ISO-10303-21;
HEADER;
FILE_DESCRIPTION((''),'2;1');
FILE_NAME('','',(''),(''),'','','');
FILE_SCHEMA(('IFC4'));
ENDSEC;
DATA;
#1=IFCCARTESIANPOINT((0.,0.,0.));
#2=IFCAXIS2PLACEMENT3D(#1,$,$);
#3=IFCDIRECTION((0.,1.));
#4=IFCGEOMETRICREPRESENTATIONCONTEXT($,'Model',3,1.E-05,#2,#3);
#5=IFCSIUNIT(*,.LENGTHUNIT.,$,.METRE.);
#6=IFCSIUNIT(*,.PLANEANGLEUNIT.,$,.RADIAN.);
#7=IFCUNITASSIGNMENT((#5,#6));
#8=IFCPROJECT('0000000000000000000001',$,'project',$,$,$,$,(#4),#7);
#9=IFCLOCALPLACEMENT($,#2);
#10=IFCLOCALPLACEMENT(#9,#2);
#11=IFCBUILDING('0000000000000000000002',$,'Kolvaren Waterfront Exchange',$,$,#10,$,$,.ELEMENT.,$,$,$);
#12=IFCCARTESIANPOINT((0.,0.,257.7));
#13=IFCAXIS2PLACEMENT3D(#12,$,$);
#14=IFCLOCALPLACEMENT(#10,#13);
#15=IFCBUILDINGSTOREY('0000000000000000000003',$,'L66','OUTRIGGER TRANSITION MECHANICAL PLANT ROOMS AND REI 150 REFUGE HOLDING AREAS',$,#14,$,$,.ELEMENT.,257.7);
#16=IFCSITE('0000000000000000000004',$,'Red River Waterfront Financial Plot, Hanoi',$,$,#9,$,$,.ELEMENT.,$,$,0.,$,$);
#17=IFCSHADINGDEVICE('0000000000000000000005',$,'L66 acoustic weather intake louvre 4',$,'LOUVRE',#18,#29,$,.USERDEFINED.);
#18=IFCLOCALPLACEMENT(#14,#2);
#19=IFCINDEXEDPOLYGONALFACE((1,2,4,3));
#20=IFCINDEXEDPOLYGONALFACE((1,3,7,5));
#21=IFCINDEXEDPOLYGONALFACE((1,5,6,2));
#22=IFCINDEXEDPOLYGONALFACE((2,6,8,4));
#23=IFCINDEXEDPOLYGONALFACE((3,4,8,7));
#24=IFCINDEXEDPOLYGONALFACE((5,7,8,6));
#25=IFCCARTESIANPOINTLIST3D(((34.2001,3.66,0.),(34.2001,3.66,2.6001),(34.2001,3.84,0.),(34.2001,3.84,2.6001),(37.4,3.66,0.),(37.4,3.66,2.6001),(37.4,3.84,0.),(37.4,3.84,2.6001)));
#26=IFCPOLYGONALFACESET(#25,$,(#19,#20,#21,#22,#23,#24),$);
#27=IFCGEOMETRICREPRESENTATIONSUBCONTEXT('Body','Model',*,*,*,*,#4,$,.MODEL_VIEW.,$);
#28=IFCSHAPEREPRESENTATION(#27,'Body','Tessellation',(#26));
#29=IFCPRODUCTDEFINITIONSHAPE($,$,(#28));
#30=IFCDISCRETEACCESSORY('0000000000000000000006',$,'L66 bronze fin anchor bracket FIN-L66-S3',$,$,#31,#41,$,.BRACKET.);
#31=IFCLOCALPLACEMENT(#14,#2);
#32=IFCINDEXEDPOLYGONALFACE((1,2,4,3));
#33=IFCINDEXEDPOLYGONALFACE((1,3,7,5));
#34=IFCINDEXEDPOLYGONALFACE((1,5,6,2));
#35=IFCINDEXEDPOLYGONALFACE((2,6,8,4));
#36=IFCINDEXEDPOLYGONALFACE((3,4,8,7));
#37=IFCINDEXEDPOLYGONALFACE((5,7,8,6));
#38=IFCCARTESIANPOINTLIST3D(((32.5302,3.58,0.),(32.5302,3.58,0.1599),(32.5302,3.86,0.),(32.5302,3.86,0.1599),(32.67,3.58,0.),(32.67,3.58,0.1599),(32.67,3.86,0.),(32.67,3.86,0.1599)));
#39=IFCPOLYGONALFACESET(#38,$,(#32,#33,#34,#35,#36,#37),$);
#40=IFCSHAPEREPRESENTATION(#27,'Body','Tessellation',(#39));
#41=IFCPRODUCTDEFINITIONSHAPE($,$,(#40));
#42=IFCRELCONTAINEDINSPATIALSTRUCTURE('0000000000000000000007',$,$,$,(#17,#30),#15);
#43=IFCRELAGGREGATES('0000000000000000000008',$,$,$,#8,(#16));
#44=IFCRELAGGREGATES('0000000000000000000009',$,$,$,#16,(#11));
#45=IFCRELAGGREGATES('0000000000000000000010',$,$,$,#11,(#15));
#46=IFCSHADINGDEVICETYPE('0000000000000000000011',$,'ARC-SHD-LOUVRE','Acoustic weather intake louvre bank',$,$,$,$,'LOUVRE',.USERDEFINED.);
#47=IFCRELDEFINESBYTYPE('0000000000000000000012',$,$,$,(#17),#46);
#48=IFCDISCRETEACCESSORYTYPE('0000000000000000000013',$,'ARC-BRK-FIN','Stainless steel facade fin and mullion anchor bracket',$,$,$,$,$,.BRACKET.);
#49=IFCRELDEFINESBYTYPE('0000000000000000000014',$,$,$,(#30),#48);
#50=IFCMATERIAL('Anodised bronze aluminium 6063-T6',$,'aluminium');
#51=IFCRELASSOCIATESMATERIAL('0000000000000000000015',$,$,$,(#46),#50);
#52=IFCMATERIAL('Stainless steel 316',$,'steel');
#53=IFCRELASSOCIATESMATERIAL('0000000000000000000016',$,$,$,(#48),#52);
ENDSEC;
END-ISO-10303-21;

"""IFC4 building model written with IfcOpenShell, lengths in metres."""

from ifc_helpers import new_model, si_unit, direction, frame, origin, origin_with_axes, origin_2d, place, context, subcontext, project, spatial, rectangle, extrude, source, transform, mapped, material, type_object, element, save


model = new_model("IFC4")

# Units and contexts
model_context = context("Model", 3, precision=1e-05, world=origin(), true_north=direction((0.0, 1.0)))
body_context = subcontext(model_context, "Body", "Model", "MODEL_VIEW")
ifc_project = project(units=[si_unit("LENGTHUNIT", "METRE"), si_unit("PLANEANGLEUNIT", "RADIAN")], contexts=[model_context])

# Site, building, storey
site_placement = place(None, origin())
site = spatial("IfcSite", under=ifc_project, at=site_placement, Name="Red River Waterfront Financial Plot, Hanoi", CompositionType="ELEMENT", RefElevation=0.0)
building_placement = place(site_placement, origin())
building = spatial("IfcBuilding", under=site, at=building_placement, Name="Kolvaren Waterfront Exchange", CompositionType="ELEMENT")
storey_placement = place(building_placement, frame((0.0, 0.0, 257.7)))
storey = spatial("IfcBuildingStorey", under=building, at=storey_placement, Name="L66", Description="OUTRIGGER TRANSITION MECHANICAL PLANT ROOMS AND REI 150 REFUGE HOLDING AREAS", CompositionType="ELEMENT", Elevation=257.7)

# Shared definitions
ifc_material_1 = material(Name="Anodised bronze aluminium 6063-T6", Category="aluminium")

# Shading device
shading_device_type_1 = type_object("IfcShadingDeviceType", Name="ARC-SHD-LOUVRE", Description="Acoustic weather intake louvre bank", ElementType="LOUVRE", PredefinedType="USERDEFINED", material=ifc_material_1)
shared_shape_1 = source(origin_with_axes(), body_context, "Body", "SweptSolid", [
    extrude(rectangle(XDim=3.2, YDim=0.1799, at=origin_2d()), origin(), (0.0, 0.0, 1.0), 2.6001),
])
for number, where, z_axis, x_axis, name in (
    (1, (35.8, 3.75, 0.0), (0.0, 0.0, 1.0), (1.0, 0.0, 0.0), "L66 acoustic weather intake louvre 4"),
):
    element("IfcShadingDevice", number, at=place(storey_placement, frame(where, z_axis=z_axis, x_axis=x_axis)), inside=storey, type_object=shading_device_type_1, Name=name, ObjectType="LOUVRE", PredefinedType="USERDEFINED", context=body_context, shape_type="MappedRepresentation", body=[
        mapped(shared_shape_1, transform((0.0, 0.0, 0.0), x_axis=(1.0, 0.0, 0.0), y_axis=(0.0, 1.0, 0.0), z_axis=(0.0, 0.0, 1.0), scale=1.0)),
    ])

# Discrete accessory
ifc_material_2 = material(Name="Stainless steel 316", Category="steel")
discrete_accessory_type = type_object("IfcDiscreteAccessoryType", Name="ARC-BRK-FIN", Description="Stainless steel facade fin and mullion anchor bracket", PredefinedType="BRACKET", material=ifc_material_2)
shared_shape_2 = source(origin_with_axes(), body_context, "Body", "SweptSolid", [
    extrude(rectangle(XDim=0.28, YDim=0.1399, at=origin_2d()), origin(), (0.0, 0.0, 1.0), 0.1599),
])
discrete_accessory_placement = place(storey_placement, frame((32.6001, 3.72, 0.0), z_axis=(0.0, 0.0, 1.0), x_axis=(0.0, -1.0, 0.0)))
element("IfcDiscreteAccessory", 2, at=discrete_accessory_placement, inside=storey, type_object=discrete_accessory_type, Name="L66 bronze fin anchor bracket FIN-L66-S3", PredefinedType="BRACKET", context=body_context, shape_type="MappedRepresentation", body=[
    mapped(shared_shape_2, transform((0.0, 0.0, 0.0), x_axis=(1.0, 0.0, 0.0), y_axis=(0.0, 1.0, 0.0), z_axis=(0.0, 0.0, 1.0), scale=1.0)),
])

save(model, "model.ifc")
